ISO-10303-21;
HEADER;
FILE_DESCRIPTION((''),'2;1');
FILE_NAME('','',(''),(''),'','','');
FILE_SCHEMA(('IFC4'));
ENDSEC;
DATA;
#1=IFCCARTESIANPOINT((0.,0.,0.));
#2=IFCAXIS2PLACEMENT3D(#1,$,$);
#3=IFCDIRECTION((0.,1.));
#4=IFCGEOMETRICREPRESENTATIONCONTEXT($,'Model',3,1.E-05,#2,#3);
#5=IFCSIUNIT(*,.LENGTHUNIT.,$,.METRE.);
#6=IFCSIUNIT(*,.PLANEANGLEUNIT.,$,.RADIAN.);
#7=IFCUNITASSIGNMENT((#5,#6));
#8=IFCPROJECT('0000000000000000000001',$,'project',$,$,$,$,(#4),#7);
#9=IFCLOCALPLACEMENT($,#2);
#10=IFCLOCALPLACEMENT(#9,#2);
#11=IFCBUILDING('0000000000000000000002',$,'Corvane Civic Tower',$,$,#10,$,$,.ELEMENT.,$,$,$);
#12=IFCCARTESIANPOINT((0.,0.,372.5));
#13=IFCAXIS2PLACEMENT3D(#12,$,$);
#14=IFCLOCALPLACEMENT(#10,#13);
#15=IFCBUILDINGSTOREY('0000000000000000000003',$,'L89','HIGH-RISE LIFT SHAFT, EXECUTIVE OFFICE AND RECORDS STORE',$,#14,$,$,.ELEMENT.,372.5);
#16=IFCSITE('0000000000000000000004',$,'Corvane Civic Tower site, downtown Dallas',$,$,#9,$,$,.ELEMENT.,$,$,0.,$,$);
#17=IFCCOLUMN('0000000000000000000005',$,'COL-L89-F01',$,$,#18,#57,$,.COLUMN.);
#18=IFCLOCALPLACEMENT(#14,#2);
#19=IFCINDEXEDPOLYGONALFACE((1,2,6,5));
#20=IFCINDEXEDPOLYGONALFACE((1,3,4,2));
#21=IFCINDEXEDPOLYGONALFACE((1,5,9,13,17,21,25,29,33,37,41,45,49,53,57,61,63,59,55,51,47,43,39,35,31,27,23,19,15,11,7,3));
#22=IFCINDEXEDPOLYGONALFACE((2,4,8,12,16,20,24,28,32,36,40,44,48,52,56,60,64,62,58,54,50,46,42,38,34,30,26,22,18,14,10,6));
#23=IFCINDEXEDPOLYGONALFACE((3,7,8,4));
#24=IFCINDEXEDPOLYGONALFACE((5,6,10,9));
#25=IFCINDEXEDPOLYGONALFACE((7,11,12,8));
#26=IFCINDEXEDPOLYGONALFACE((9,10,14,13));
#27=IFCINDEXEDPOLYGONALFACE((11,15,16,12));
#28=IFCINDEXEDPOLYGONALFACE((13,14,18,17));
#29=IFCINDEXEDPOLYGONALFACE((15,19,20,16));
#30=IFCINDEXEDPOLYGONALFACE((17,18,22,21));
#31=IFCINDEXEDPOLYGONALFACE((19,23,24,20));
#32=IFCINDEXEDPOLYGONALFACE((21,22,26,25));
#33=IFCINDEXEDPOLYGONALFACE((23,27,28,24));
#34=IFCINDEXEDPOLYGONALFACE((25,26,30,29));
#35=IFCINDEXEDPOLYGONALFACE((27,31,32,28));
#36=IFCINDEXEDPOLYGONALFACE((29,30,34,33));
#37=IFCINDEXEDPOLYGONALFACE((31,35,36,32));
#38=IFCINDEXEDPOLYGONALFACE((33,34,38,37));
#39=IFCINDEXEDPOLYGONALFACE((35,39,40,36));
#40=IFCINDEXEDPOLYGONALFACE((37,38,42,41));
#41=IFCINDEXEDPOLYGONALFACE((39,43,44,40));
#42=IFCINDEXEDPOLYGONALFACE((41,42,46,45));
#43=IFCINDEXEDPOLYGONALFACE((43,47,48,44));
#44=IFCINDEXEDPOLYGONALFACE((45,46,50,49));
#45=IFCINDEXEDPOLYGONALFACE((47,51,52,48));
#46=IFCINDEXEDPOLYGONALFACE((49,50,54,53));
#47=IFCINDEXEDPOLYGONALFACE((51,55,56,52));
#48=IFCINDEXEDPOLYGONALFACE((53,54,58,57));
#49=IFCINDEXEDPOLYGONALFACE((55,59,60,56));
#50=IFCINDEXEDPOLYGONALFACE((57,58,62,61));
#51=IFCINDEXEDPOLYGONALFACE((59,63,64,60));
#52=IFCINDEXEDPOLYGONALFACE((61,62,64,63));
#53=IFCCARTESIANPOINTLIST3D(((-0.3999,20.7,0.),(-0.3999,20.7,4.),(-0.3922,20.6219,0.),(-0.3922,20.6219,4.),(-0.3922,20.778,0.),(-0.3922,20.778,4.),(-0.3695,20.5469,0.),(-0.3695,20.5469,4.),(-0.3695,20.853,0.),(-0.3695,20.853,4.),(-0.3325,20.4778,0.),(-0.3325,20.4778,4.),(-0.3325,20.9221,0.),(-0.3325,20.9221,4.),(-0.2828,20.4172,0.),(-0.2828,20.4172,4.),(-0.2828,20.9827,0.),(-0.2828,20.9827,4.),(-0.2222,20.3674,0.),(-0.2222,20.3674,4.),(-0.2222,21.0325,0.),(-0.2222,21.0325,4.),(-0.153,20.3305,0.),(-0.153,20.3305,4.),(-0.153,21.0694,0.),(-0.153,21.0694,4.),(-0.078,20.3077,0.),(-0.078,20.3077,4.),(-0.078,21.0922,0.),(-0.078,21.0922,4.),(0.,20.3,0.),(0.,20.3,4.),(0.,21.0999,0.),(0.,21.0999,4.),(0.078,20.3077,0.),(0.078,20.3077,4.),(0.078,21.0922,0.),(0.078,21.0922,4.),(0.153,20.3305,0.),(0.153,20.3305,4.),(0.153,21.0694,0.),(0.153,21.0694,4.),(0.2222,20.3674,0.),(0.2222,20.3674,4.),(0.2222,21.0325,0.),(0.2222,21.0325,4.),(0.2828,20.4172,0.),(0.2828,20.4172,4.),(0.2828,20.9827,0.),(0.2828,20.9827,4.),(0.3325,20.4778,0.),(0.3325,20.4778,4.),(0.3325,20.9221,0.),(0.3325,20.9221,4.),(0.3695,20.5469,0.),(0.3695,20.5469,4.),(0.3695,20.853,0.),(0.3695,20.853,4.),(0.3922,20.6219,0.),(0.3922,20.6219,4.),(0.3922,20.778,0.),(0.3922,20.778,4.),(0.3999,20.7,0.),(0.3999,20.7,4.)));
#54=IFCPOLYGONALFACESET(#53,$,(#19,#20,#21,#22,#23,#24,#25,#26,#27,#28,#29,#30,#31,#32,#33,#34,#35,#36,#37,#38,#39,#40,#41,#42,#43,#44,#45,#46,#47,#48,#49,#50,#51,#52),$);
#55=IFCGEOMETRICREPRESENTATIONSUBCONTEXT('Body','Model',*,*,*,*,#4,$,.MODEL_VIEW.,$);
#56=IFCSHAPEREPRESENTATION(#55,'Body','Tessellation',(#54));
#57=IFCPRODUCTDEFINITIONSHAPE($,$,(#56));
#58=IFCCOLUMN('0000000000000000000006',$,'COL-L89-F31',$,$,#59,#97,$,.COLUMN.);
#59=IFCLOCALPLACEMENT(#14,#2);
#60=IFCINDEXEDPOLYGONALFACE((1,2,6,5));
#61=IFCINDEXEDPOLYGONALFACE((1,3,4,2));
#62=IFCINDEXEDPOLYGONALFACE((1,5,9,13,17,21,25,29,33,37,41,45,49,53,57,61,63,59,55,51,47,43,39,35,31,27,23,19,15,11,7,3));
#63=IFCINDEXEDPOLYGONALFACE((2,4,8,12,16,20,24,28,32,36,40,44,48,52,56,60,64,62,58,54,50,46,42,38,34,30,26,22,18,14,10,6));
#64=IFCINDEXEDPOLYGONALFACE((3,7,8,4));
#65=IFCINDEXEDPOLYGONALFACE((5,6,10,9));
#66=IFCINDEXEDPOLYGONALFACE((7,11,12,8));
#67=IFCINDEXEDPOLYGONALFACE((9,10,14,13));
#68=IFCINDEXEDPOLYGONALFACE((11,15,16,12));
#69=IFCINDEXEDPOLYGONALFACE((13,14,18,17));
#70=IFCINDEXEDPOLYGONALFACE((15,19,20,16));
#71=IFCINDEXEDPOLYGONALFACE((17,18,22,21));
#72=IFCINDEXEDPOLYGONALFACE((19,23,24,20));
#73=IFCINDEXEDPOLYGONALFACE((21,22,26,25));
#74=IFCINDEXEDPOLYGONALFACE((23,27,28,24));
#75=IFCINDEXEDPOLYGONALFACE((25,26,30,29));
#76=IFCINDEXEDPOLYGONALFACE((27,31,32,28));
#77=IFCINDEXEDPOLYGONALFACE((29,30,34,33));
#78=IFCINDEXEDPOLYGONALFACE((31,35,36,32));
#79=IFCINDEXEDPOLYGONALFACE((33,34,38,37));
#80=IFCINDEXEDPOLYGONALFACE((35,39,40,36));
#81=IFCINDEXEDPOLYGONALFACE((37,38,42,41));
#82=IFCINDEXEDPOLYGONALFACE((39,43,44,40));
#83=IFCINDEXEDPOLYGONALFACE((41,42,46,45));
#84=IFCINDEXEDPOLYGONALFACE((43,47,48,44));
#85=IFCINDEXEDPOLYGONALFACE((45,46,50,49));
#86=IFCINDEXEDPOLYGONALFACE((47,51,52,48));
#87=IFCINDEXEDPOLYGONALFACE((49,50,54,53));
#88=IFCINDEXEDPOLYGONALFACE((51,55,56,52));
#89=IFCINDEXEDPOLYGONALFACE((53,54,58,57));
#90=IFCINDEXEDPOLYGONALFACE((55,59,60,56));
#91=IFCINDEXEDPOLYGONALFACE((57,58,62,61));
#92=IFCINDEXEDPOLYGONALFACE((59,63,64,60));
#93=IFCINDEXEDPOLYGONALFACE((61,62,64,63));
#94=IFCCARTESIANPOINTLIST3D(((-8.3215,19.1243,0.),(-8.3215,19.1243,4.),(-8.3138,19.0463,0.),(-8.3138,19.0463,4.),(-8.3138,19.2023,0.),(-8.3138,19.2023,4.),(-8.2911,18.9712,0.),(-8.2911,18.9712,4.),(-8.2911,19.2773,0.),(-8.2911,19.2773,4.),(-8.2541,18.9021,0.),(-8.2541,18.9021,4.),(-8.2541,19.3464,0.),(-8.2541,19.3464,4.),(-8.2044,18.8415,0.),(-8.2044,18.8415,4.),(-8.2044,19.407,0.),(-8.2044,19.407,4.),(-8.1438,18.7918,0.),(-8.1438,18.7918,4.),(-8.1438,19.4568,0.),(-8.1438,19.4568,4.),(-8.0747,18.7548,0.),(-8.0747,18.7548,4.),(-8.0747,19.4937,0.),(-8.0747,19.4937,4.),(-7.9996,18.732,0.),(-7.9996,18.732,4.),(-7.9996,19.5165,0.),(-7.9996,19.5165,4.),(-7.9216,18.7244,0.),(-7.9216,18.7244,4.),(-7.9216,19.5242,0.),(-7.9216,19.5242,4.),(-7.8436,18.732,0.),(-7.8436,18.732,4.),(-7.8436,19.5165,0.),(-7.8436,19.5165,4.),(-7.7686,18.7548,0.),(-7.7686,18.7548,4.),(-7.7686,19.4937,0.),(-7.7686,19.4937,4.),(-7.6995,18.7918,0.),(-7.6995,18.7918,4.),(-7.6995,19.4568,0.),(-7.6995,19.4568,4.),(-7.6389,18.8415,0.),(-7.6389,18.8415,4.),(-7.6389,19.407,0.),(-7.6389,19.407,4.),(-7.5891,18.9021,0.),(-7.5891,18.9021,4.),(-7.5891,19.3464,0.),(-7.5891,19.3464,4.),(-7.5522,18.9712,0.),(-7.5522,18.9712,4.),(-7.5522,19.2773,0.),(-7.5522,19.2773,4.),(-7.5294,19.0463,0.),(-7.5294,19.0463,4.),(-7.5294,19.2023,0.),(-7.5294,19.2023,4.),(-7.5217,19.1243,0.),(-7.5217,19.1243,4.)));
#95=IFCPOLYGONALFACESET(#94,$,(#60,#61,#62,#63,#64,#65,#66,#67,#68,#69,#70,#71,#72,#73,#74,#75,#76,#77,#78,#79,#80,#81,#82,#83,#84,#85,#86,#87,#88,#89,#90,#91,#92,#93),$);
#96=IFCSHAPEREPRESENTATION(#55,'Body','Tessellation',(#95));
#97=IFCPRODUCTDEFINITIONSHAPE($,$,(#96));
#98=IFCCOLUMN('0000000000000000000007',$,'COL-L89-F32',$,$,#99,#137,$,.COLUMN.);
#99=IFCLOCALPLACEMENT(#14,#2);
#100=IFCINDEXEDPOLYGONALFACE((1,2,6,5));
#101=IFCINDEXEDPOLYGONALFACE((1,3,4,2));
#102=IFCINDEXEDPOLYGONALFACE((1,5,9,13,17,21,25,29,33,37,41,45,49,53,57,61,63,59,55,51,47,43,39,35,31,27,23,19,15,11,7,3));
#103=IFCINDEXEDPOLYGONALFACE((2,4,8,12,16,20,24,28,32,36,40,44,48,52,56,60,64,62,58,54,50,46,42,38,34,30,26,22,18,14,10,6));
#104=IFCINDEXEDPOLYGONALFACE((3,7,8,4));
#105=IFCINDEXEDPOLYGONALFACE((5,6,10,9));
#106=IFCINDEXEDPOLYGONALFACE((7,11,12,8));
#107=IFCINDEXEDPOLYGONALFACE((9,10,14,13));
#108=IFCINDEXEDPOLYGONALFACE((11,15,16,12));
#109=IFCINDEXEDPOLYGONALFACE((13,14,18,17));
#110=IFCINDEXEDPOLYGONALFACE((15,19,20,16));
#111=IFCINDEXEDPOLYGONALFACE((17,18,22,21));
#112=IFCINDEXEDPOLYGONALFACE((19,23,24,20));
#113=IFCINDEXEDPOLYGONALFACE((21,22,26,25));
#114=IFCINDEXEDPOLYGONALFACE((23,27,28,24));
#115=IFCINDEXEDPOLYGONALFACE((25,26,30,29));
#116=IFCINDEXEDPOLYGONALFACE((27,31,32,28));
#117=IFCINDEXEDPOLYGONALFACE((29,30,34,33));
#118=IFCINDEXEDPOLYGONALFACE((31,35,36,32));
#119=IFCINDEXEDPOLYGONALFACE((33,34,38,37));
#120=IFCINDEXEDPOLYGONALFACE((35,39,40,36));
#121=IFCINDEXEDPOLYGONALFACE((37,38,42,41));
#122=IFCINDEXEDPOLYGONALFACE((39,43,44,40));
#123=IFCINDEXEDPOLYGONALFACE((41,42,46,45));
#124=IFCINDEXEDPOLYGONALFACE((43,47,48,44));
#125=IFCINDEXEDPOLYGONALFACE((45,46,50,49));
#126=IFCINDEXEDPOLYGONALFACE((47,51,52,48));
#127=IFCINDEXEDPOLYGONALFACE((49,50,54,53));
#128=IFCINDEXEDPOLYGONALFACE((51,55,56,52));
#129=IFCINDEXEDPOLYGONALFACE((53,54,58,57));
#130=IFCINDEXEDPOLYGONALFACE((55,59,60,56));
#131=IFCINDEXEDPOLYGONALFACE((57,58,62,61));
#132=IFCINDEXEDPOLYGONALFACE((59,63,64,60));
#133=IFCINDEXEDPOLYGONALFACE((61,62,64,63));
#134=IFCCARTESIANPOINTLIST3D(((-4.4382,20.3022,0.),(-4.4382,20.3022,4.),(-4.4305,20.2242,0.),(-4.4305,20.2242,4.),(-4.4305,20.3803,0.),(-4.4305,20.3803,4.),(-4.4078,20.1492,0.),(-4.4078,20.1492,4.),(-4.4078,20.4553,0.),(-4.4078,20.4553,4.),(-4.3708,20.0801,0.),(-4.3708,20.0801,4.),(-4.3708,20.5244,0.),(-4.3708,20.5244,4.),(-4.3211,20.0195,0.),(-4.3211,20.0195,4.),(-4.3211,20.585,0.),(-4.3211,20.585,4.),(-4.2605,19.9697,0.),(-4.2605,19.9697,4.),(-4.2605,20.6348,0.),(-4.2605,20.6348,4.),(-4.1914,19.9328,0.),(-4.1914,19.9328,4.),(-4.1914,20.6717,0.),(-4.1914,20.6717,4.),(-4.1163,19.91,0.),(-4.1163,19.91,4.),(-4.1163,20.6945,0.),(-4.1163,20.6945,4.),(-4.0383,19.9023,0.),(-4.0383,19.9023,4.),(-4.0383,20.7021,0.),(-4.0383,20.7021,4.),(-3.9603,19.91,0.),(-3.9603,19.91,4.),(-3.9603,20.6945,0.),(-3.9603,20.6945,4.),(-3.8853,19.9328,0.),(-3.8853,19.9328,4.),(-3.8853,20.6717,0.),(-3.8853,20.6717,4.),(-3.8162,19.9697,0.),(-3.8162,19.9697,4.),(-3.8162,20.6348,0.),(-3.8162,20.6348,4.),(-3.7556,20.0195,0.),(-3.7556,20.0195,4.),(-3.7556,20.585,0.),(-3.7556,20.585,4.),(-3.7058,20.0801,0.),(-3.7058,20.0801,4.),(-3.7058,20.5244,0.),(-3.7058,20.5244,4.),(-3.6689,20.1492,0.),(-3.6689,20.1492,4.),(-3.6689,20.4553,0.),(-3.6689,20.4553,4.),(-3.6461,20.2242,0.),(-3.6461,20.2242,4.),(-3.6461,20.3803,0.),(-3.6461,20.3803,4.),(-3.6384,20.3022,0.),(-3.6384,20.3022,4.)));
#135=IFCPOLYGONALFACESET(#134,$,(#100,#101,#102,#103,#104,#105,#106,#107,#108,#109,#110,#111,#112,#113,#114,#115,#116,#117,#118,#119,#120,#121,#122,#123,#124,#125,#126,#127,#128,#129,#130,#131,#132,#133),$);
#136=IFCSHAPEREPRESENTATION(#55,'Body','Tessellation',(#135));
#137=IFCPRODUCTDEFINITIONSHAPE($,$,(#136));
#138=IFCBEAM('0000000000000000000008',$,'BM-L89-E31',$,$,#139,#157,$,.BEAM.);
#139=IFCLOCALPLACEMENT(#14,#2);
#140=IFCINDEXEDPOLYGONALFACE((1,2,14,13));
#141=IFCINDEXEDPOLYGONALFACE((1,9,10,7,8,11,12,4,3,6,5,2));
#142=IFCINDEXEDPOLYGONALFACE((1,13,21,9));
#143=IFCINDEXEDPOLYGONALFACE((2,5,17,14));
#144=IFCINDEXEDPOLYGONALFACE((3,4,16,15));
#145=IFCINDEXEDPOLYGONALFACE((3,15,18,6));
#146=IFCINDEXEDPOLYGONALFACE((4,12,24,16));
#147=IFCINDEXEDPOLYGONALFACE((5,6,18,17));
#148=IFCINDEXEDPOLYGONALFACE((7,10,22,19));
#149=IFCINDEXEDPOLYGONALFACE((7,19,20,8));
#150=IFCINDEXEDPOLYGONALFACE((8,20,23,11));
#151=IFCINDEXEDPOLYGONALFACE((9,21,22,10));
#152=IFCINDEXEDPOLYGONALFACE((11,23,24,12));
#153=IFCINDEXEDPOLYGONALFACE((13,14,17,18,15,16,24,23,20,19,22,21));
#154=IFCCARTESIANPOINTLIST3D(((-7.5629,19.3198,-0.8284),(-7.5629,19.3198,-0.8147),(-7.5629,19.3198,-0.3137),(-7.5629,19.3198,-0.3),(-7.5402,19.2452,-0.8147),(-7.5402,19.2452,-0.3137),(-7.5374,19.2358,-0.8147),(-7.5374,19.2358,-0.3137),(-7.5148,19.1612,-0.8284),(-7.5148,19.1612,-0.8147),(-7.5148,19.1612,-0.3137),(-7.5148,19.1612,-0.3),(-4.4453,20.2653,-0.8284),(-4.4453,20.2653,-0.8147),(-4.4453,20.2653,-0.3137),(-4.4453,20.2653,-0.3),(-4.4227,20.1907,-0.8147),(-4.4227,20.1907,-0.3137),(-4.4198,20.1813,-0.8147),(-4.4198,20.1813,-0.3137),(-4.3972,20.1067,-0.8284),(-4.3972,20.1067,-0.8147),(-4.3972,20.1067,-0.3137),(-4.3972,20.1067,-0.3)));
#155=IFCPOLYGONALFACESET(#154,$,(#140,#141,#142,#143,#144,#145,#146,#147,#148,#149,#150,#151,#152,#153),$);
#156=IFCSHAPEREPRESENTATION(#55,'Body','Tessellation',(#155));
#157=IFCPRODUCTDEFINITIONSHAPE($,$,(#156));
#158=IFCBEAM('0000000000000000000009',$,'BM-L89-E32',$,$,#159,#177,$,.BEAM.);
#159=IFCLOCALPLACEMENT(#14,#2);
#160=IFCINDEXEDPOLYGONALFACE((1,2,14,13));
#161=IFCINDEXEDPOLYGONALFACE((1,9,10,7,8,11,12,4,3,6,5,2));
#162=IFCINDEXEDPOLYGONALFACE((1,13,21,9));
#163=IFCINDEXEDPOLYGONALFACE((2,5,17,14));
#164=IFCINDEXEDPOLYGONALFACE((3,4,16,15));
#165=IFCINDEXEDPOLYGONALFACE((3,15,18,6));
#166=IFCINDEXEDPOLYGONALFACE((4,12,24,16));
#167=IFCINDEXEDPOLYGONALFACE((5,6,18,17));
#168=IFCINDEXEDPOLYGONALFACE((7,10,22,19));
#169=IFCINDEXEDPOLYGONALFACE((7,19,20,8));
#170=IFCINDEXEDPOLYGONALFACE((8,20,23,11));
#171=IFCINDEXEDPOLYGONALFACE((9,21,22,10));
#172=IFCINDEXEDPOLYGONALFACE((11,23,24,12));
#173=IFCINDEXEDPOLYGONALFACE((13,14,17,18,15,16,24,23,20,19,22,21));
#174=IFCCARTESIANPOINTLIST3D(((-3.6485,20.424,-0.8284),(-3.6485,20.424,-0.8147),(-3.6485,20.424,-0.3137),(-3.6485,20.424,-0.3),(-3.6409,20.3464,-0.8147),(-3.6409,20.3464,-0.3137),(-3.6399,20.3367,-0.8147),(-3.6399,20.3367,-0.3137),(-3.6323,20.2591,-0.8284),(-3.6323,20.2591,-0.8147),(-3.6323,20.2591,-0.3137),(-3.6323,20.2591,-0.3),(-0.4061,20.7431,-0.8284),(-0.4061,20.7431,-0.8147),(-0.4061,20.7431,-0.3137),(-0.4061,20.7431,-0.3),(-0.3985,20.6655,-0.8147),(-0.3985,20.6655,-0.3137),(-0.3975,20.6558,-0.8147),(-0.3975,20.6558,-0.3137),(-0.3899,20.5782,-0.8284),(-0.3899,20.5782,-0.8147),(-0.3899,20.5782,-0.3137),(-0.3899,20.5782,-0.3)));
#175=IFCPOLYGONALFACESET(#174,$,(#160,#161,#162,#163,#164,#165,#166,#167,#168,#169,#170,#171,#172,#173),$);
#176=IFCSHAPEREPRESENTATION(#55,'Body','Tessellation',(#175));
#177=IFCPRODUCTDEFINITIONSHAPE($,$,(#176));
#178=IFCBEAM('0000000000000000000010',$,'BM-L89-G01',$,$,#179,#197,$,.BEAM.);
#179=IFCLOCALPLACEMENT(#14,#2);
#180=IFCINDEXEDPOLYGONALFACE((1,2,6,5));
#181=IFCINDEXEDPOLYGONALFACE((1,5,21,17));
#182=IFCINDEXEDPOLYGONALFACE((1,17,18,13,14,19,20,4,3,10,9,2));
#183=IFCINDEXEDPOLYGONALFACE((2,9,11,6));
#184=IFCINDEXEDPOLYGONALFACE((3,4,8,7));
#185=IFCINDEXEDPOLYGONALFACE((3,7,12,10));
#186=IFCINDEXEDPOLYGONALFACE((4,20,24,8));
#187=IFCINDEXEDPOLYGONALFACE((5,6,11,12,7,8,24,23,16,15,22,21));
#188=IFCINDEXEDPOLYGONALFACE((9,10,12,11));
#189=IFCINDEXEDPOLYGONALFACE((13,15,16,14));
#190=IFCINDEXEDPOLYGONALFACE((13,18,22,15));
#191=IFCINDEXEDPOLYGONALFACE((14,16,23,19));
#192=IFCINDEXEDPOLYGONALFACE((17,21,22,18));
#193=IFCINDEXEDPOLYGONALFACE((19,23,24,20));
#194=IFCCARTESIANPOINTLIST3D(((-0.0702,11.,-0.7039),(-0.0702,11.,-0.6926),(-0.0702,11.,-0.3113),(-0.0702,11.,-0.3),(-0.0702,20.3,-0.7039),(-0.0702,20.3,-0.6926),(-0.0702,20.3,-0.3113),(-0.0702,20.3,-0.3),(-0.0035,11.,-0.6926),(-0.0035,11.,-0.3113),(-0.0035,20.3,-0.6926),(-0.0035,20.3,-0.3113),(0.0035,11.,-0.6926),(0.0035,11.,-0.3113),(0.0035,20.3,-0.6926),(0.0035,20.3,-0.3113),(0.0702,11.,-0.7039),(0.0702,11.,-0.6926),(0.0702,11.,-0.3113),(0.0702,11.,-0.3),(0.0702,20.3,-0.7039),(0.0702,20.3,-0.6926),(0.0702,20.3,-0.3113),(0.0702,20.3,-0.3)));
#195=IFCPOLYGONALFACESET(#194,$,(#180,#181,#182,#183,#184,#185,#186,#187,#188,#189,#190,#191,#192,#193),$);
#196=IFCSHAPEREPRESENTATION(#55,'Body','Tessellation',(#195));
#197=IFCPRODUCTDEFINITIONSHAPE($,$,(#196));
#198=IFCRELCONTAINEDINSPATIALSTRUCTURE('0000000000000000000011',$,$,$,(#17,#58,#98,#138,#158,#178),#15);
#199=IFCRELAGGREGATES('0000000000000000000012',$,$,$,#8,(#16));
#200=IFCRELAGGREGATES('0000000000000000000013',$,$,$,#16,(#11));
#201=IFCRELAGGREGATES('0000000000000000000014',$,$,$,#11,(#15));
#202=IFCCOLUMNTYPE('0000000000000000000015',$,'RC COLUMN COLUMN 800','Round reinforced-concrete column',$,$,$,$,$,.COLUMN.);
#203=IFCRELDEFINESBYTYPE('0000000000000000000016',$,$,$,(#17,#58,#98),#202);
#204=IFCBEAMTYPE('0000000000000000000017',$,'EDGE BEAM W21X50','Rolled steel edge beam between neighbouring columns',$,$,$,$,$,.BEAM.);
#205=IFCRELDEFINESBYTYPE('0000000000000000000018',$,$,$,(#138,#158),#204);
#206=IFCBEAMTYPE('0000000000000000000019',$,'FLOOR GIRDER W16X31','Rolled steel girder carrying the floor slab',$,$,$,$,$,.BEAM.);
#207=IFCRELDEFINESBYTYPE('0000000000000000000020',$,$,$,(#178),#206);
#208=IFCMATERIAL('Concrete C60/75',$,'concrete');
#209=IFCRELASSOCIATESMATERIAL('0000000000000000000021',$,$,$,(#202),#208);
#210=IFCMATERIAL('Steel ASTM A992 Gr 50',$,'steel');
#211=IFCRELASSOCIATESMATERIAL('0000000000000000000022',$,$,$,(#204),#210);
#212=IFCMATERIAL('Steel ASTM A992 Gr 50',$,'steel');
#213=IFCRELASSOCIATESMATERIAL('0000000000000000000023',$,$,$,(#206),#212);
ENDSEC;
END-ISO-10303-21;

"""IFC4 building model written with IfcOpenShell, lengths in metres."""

from ifc_helpers import new_model, si_unit, direction, frame, origin, origin_2d, place, context, subcontext, project, spatial, circle, i_section, extrude, material, material_profile, profile_set, type_object, element, save


model = new_model("IFC4")

# Units and contexts
model_context = context("Model", 3, precision=1e-05, world=origin(), true_north=direction((0.0, 1.0)))
body_context = subcontext(model_context, "Body", "Model", "MODEL_VIEW")
ifc_project = project(units=[si_unit("LENGTHUNIT", "METRE"), si_unit("PLANEANGLEUNIT", "RADIAN")], contexts=[model_context])

# Site, building, storey
site_placement = place(None, origin())
site = spatial("IfcSite", under=ifc_project, at=site_placement, Name="Corvane Civic Tower site, downtown Dallas", CompositionType="ELEMENT", RefElevation=0.0)
building_placement = place(site_placement, origin())
building = spatial("IfcBuilding", under=site, at=building_placement, Name="Corvane Civic Tower", CompositionType="ELEMENT")
storey_placement = place(building_placement, frame((0.0, 0.0, 372.5)))
storey = spatial("IfcBuildingStorey", under=building, at=storey_placement, Name="L89", Description="HIGH-RISE LIFT SHAFT, EXECUTIVE OFFICE AND RECORDS STORE", CompositionType="ELEMENT", Elevation=372.5)

# Columns
ifc_material_1 = material(Name="Concrete C60/75", Category="concrete")
ifc_material_profile_1 = material_profile(ifc_material_1, circle(Radius=0.3999, at=origin_2d()), Name="COLUMN 800")
ifc_profile_set_1 = profile_set([ifc_material_profile_1], Name="Concrete C60/75")
column_type = type_object("IfcColumnType", Name="RC COLUMN COLUMN 800", Description="Round reinforced-concrete column", PredefinedType="COLUMN", material=ifc_profile_set_1)
for number, where, z_axis, x_axis, name in (
    (1, (0.0, 20.7, 0.0), (0.0, 0.0, 1.0), (1.0, 0.0, 0.0), "COL-L89-F01"),
    (2, (-7.9216, 19.1243, 0.0), (0.0, 0.0, 1.0), (1.0, 0.0, 0.0), "COL-L89-F31"),
    (3, (-4.0383, 20.3022, 0.0), (0.0, 0.0, 1.0), (1.0, 0.0, 0.0), "COL-L89-F32"),
):
    element("IfcColumn", number, at=place(storey_placement, frame(where, z_axis=z_axis, x_axis=x_axis)), inside=storey, type_object=column_type, Name=name, PredefinedType="COLUMN", context=body_context, shape_type="SweptSolid", body=[
        extrude(circle(Radius=0.3999, at=origin_2d()), origin(), (0.0, 0.0, 1.0), 4.0),
    ])

# Beams
ifc_material_2 = material(Name="Steel ASTM A992 Gr 50", Category="steel")
ifc_material_profile_2 = material_profile(ifc_material_2, i_section(OverallWidth=0.1658, OverallDepth=0.5283, WebThickness=0.0098, FlangeThickness=0.0137, at=origin_2d()), Name="W21X50")
ifc_profile_set_2 = profile_set([ifc_material_profile_2], Name="Steel ASTM A992 Gr 50")
beam_type_1 = type_object("IfcBeamType", Name="EDGE BEAM W21X50", Description="Rolled steel edge beam between neighbouring columns", PredefinedType="BEAM", material=ifc_profile_set_2)
beam_1_placement = place(storey_placement, frame((-7.5388, 19.2405, -0.5642), z_axis=(0.956956, 0.290234, 0.0), x_axis=(-0.290234, 0.956956, 0.0)))
element("IfcBeam", 4, at=beam_1_placement, inside=storey, type_object=beam_type_1, Name="BM-L89-E31", PredefinedType="BEAM", context=body_context, shape_type="SweptSolid", body=[
    extrude(i_section(OverallWidth=0.1658, OverallDepth=0.5283, WebThickness=0.0098, FlangeThickness=0.0137, at=origin_2d()), origin(), (0.0, 0.0, 1.0), 3.2578),
])
beam_2_placement = place(storey_placement, frame((-3.6404, 20.3416, -0.5642), z_axis=(0.995193, 0.097938, 0.0), x_axis=(-0.097938, 0.995193, 0.0)))
element("IfcBeam", 5, at=beam_2_placement, inside=storey, type_object=beam_type_1, Name="BM-L89-E32", PredefinedType="BEAM", context=body_context, shape_type="SweptSolid", body=[
    extrude(i_section(OverallWidth=0.1658, OverallDepth=0.5283, WebThickness=0.0098, FlangeThickness=0.0137, at=origin_2d()), origin(), (0.0, 0.0, 1.0), 3.2581),
])
ifc_material_3 = material(Name="Steel ASTM A992 Gr 50", Category="steel")
ifc_material_profile_3 = material_profile(ifc_material_3, i_section(OverallWidth=0.1404, OverallDepth=0.4038, WebThickness=0.0071, FlangeThickness=0.0112, at=origin_2d()), Name="W16X31")
ifc_profile_set_3 = profile_set([ifc_material_profile_3], Name="Steel ASTM A992 Gr 50")
beam_type_2 = type_object("IfcBeamType", Name="FLOOR GIRDER W16X31", Description="Rolled steel girder carrying the floor slab", PredefinedType="BEAM", material=ifc_profile_set_3)
beam_3_placement = place(storey_placement, frame((0.0, 11.0, -0.502), z_axis=(0.0, 1.0, 0.0), x_axis=(-1.0, 0.0, 0.0)))
element("IfcBeam", 6, at=beam_3_placement, inside=storey, type_object=beam_type_2, Name="BM-L89-G01", PredefinedType="BEAM", context=body_context, shape_type="SweptSolid", body=[
    extrude(i_section(OverallWidth=0.1404, OverallDepth=0.4038, WebThickness=0.0071, FlangeThickness=0.0112, at=origin_2d()), origin(), (0.0, 0.0, 1.0), 9.3),
])

save(model, "model.ifc")
